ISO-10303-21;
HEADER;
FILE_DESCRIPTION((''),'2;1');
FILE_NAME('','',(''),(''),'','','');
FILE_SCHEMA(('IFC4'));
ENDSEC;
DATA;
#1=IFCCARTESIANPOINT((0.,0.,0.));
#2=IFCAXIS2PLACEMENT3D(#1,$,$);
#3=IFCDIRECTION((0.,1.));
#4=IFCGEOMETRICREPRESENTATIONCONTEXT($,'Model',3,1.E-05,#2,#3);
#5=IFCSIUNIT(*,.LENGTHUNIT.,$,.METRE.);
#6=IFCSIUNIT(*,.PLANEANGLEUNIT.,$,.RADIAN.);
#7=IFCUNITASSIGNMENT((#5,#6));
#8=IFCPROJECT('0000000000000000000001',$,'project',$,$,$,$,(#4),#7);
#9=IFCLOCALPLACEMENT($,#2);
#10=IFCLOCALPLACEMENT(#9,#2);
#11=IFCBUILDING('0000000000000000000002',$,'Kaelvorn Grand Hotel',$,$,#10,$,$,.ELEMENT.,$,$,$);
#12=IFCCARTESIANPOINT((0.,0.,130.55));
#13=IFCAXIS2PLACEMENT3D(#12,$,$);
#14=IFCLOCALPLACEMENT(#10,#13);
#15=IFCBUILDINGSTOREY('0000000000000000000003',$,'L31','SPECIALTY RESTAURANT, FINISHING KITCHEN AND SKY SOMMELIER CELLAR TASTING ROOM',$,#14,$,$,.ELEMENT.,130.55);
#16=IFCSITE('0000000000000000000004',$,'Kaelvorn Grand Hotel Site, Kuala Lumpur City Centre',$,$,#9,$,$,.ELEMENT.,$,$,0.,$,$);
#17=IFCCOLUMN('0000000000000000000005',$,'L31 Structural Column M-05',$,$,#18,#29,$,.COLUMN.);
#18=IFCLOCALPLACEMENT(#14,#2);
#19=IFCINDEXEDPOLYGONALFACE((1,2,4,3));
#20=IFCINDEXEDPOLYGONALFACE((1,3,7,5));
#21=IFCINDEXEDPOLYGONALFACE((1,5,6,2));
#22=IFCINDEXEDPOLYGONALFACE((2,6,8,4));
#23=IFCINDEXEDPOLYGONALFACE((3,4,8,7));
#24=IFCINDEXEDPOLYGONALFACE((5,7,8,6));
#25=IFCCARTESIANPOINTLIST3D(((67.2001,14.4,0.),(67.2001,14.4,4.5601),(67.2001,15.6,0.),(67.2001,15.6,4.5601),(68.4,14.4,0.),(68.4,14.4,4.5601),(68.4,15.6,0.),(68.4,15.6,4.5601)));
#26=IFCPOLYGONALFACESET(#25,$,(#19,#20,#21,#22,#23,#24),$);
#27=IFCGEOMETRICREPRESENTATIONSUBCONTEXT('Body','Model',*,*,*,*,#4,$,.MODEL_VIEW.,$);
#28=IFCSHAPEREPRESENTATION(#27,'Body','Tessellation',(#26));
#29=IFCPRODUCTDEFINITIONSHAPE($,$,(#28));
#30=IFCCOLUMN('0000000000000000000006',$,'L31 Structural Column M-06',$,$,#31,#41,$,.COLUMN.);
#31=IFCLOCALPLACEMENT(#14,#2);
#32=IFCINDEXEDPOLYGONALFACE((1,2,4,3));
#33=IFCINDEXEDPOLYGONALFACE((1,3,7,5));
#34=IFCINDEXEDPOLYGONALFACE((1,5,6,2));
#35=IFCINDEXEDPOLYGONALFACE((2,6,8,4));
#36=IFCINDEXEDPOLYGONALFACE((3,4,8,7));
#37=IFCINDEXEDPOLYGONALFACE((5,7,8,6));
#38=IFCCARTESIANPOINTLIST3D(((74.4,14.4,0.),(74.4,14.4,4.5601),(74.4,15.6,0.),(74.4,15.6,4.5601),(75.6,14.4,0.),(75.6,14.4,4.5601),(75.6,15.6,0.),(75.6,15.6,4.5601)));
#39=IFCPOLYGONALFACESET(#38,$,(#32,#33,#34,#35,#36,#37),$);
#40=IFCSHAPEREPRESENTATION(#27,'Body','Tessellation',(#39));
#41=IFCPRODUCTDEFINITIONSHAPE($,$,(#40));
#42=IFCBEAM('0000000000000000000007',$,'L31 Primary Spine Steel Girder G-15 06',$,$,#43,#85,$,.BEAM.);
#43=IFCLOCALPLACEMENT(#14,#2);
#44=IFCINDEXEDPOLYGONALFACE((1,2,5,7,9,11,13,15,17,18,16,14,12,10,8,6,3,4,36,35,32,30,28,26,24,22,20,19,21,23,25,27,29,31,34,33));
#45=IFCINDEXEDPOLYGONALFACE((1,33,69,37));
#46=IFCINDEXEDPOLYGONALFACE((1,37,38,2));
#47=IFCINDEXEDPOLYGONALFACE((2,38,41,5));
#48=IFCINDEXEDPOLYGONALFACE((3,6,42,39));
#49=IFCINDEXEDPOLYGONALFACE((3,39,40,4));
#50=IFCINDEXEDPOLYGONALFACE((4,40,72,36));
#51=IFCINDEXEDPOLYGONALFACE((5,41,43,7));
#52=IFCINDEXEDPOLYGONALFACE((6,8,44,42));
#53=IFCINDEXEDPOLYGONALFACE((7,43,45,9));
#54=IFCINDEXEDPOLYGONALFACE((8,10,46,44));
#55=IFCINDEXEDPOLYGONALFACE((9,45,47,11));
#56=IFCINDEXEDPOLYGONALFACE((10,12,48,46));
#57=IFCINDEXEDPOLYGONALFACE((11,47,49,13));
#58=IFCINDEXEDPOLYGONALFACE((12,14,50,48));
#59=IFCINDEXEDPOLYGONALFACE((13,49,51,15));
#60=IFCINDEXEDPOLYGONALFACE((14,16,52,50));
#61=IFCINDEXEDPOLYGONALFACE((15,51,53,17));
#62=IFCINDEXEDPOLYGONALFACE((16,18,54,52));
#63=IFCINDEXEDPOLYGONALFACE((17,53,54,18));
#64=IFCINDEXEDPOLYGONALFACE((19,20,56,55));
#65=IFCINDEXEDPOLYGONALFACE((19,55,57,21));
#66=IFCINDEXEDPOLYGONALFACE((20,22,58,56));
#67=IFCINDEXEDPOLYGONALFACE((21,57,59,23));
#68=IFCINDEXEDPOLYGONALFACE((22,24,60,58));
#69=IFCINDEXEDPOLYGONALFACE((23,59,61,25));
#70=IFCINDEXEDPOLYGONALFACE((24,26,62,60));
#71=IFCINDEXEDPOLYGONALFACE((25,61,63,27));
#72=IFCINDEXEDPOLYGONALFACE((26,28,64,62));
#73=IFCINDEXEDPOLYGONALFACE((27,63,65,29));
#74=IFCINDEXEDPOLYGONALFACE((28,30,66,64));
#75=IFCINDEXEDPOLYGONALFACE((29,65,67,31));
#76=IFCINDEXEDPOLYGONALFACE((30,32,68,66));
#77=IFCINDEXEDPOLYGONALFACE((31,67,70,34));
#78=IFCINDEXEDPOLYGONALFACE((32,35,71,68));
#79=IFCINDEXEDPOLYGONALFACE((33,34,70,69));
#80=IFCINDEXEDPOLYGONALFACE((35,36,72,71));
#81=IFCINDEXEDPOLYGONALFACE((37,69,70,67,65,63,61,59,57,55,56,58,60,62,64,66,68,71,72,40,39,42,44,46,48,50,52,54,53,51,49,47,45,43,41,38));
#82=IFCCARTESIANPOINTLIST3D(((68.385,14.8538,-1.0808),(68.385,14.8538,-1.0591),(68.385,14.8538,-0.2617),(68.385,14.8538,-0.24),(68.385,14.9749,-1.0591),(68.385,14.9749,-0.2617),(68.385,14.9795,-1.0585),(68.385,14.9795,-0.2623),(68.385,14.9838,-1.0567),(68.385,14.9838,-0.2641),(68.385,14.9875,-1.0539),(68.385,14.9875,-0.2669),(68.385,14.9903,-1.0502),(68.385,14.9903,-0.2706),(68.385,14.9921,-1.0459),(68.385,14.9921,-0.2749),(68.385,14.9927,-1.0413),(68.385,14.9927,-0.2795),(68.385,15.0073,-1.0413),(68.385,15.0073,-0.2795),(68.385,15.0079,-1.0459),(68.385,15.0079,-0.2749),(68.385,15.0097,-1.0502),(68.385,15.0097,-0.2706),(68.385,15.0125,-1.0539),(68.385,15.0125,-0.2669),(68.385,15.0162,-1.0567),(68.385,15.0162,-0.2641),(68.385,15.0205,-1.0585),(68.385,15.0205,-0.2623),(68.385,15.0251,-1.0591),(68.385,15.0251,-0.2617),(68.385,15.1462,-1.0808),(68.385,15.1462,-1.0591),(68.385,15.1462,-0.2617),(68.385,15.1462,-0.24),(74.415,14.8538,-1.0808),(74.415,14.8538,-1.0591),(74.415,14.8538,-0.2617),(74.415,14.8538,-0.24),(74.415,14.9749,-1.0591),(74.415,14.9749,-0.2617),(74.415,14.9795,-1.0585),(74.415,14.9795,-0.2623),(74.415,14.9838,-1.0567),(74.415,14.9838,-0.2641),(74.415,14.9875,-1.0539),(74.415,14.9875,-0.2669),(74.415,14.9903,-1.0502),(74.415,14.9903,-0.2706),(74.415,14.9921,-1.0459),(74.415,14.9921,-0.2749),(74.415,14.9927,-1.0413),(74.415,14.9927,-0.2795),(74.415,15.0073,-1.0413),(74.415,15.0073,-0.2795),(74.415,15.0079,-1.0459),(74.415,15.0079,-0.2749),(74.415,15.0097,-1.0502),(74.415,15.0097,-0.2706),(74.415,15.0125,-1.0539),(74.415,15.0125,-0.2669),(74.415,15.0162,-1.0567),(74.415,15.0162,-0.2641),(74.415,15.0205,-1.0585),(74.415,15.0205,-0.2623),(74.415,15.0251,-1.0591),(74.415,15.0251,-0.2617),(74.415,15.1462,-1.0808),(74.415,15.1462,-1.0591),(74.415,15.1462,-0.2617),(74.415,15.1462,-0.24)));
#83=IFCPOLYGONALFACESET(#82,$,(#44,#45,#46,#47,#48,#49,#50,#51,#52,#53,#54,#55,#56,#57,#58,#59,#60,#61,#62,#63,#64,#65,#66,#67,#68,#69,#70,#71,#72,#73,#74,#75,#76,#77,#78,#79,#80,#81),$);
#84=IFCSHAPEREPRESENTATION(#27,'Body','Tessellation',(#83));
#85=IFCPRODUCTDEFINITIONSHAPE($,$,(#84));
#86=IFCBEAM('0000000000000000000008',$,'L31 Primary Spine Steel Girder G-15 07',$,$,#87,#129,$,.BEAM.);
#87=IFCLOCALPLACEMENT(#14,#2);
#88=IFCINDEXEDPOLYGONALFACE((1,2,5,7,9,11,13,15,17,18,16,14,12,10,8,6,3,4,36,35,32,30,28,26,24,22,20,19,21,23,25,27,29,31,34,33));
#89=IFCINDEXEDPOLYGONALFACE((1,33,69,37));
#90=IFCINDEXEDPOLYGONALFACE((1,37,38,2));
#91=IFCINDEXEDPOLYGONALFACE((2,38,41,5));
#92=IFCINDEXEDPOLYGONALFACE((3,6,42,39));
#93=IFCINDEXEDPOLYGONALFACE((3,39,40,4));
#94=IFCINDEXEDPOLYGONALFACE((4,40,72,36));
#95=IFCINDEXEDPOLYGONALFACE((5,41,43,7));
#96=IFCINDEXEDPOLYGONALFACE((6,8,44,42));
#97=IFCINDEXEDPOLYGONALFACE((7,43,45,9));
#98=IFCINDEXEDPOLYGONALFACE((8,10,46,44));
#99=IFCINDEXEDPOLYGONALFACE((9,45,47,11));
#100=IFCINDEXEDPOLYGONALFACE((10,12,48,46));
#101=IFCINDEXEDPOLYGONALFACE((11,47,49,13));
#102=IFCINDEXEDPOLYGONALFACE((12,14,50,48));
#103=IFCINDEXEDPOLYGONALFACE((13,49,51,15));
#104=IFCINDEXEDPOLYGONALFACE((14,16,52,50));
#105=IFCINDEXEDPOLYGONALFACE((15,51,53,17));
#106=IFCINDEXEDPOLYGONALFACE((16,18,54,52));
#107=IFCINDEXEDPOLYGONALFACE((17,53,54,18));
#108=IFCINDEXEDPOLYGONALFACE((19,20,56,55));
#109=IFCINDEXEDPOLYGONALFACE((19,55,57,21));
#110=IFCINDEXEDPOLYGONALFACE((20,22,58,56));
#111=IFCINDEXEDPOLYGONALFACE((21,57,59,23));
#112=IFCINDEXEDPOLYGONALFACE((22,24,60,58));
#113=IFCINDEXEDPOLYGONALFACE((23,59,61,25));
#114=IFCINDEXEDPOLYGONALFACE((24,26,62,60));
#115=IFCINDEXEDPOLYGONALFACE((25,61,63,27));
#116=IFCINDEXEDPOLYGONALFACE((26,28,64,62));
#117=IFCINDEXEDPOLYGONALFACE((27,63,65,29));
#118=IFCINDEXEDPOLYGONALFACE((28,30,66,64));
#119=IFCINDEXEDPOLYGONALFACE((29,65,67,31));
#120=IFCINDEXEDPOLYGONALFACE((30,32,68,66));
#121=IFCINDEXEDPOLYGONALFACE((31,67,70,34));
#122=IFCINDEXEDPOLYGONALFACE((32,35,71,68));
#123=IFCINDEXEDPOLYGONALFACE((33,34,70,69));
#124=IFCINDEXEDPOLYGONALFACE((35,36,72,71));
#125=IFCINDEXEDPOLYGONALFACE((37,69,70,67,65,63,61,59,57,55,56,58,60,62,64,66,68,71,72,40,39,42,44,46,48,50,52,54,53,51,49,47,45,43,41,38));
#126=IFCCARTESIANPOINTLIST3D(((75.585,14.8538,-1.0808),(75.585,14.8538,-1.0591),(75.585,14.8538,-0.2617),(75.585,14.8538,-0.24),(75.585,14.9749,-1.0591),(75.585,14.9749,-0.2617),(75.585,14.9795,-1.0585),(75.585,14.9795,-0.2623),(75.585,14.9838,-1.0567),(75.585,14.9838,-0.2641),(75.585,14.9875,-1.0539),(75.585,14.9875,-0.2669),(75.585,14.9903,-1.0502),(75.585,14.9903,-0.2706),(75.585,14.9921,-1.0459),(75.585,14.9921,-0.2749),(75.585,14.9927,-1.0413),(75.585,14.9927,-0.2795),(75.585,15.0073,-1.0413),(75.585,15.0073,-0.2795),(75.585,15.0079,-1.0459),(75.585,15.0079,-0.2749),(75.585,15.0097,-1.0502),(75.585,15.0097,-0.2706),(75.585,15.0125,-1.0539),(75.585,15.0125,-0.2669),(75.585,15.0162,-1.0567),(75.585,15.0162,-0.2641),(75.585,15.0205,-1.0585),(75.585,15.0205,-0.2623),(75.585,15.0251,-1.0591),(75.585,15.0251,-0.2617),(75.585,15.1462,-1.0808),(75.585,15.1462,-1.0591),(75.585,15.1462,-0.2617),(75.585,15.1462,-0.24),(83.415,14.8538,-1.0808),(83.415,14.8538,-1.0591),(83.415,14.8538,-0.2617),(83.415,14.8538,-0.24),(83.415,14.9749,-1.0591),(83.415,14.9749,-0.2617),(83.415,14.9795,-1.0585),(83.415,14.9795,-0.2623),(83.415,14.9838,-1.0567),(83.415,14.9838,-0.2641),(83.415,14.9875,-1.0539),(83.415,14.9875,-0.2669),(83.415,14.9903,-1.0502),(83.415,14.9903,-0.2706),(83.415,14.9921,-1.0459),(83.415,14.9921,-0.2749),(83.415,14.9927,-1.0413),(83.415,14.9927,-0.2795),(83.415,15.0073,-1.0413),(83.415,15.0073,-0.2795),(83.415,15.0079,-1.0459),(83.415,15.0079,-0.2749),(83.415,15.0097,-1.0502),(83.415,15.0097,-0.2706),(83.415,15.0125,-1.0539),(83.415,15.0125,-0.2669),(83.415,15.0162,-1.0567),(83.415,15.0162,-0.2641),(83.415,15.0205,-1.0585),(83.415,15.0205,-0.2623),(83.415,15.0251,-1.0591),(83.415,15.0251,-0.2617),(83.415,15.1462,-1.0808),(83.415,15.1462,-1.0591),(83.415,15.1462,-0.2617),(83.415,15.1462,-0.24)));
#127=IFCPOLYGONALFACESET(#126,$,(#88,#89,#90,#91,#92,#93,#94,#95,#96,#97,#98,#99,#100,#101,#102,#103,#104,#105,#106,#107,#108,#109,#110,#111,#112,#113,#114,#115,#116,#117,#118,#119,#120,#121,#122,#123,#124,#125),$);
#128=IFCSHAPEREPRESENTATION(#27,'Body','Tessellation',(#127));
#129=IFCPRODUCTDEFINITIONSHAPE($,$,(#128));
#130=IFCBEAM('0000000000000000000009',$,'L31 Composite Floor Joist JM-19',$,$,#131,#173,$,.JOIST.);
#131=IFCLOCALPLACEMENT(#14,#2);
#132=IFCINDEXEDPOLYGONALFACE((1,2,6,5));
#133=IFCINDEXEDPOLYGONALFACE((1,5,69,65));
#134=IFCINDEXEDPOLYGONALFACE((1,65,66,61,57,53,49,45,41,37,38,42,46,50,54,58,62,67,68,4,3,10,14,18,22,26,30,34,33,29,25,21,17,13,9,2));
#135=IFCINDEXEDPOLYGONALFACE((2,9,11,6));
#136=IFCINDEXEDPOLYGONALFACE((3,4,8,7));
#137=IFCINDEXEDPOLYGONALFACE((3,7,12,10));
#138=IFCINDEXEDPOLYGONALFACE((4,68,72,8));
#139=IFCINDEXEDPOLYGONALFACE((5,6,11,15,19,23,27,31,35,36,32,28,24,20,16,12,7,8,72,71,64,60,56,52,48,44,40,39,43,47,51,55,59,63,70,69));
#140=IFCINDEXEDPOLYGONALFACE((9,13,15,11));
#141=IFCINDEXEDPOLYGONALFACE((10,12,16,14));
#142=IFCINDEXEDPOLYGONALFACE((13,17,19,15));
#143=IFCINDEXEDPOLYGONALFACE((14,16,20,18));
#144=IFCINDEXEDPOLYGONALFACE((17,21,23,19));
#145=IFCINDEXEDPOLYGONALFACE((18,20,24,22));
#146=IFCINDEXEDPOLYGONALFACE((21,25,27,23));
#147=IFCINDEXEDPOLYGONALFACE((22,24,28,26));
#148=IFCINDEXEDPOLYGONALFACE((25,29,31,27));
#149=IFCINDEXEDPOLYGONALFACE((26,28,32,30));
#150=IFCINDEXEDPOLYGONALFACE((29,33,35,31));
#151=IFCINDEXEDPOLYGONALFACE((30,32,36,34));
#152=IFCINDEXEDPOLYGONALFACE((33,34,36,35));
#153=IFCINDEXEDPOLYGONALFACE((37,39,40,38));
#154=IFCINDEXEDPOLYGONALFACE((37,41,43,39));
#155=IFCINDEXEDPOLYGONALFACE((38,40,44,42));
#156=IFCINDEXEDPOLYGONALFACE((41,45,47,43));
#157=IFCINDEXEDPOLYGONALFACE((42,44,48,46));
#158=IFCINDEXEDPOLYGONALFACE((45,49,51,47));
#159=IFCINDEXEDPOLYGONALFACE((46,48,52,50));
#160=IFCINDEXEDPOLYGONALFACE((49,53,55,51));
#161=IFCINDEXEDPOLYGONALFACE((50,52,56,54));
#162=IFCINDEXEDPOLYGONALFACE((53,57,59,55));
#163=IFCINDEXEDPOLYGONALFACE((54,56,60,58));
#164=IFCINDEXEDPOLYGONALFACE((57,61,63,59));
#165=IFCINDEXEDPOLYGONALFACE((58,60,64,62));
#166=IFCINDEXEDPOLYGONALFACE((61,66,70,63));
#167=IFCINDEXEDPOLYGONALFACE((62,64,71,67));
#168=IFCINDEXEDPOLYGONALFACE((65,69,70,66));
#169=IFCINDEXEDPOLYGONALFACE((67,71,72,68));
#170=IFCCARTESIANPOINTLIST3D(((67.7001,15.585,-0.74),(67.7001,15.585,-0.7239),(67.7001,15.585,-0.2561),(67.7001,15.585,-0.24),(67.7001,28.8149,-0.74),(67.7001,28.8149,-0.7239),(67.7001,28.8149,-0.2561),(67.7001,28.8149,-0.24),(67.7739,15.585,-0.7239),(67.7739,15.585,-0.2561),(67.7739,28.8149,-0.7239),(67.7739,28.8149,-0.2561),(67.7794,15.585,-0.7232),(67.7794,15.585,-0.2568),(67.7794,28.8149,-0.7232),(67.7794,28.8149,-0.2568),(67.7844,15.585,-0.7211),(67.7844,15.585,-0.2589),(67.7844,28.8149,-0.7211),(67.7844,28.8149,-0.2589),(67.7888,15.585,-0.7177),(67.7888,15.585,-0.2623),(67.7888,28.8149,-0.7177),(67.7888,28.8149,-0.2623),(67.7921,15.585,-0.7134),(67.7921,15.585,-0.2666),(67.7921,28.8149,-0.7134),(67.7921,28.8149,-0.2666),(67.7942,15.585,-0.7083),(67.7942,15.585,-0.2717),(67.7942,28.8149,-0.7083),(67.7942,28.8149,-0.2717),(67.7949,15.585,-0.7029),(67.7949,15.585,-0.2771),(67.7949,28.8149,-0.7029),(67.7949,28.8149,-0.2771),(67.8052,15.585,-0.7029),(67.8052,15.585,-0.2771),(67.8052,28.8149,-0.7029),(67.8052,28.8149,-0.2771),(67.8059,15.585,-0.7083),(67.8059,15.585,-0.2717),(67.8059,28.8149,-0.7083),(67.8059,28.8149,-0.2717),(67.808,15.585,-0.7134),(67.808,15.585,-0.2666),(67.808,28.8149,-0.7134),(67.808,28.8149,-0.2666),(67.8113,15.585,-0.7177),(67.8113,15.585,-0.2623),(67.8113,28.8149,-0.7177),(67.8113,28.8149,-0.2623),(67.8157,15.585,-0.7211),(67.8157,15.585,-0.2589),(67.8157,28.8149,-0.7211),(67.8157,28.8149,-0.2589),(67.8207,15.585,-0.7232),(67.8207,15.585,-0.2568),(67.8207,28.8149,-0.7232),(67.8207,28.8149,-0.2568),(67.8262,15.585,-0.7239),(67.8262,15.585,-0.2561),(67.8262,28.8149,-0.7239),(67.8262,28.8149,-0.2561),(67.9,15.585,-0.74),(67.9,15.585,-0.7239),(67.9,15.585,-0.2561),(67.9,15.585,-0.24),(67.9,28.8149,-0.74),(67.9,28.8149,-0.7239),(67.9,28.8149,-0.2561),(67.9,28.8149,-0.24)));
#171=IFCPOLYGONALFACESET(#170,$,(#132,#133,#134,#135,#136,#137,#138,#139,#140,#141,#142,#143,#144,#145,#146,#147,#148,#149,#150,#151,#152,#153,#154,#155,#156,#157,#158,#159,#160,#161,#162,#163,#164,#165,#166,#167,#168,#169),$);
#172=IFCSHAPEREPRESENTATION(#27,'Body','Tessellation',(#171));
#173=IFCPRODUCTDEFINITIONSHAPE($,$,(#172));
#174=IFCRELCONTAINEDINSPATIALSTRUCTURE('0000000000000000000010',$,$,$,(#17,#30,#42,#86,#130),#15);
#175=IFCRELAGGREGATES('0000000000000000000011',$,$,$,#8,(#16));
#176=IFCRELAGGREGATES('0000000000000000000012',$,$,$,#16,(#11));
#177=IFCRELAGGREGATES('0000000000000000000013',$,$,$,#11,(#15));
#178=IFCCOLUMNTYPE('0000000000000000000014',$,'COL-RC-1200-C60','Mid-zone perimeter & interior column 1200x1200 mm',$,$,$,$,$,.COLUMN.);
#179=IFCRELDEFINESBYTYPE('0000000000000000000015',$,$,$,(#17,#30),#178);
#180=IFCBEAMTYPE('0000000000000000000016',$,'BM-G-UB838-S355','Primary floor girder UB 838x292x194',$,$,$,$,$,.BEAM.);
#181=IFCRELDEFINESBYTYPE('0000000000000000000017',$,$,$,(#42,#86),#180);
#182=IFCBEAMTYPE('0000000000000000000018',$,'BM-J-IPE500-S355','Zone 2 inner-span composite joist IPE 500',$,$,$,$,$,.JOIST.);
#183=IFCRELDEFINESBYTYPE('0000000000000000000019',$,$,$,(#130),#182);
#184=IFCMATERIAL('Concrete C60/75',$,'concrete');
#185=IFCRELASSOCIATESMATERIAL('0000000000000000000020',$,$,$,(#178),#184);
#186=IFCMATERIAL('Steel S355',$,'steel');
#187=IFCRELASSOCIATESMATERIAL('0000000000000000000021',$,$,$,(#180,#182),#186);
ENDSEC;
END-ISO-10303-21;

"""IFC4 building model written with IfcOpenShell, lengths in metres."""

from ifc_helpers import new_model, si_unit, direction, frame, origin, origin_2d, place, context, subcontext, project, spatial, rectangle, i_section, extrude, material, material_profile, profile_set, type_object, element, save


model = new_model("IFC4")

# Units and contexts
model_context = context("Model", 3, precision=1e-05, world=origin(), true_north=direction((0.0, 1.0)))
body_context = subcontext(model_context, "Body", "Model", "MODEL_VIEW")
ifc_project = project(units=[si_unit("LENGTHUNIT", "METRE"), si_unit("PLANEANGLEUNIT", "RADIAN")], contexts=[model_context])

# Site, building, storey
site_placement = place(None, origin())
site = spatial("IfcSite", under=ifc_project, at=site_placement, Name="Kaelvorn Grand Hotel Site, Kuala Lumpur City Centre", CompositionType="ELEMENT", RefElevation=0.0)
building_placement = place(site_placement, origin())
building = spatial("IfcBuilding", under=site, at=building_placement, Name="Kaelvorn Grand Hotel", CompositionType="ELEMENT")
storey_placement = place(building_placement, frame((0.0, 0.0, 130.55)))
storey = spatial("IfcBuildingStorey", under=building, at=storey_placement, Name="L31", Description="SPECIALTY RESTAURANT, FINISHING KITCHEN AND SKY SOMMELIER CELLAR TASTING ROOM", CompositionType="ELEMENT", Elevation=130.55)

# Columns
ifc_material_1 = material(Name="Concrete C60/75", Category="concrete")
ifc_material_profile_1 = material_profile(ifc_material_1, rectangle(XDim=1.2, YDim=1.2, at=origin_2d()), Name="RC COL 1200x1200")
ifc_profile_set_1 = profile_set([ifc_material_profile_1], Name="Concrete C60/75")
column_type = type_object("IfcColumnType", Name="COL-RC-1200-C60", Description="Mid-zone perimeter & interior column 1200x1200 mm", PredefinedType="COLUMN", material=ifc_profile_set_1)
for number, where, z_axis, x_axis, name in (
    (1, (67.8, 15.0, 0.0), (0.0, 0.0, 1.0), (1.0, 0.0, 0.0), "L31 Structural Column M-05"),
    (2, (75.0, 15.0, 0.0), (0.0, 0.0, 1.0), (1.0, 0.0, 0.0), "L31 Structural Column M-06"),
):
    element("IfcColumn", number, at=place(storey_placement, frame(where, z_axis=z_axis, x_axis=x_axis)), inside=storey, type_object=column_type, Name=name, PredefinedType="COLUMN", context=body_context, shape_type="SweptSolid", body=[
        extrude(rectangle(XDim=1.2, YDim=1.2, at=origin_2d()), origin(), (0.0, 0.0, 1.0), 4.5601),
    ])

# Beams
ifc_material_2 = material(Name="Steel S355", Category="steel")
ifc_material_profile_2 = material_profile(ifc_material_2, i_section(OverallWidth=0.2925, OverallDepth=0.8408, WebThickness=0.0146, FlangeThickness=0.0217, FilletRadius=0.0178, at=origin_2d()), Name="UB 838x292x194")
ifc_profile_set_2 = profile_set([ifc_material_profile_2], Name="Steel S355")
beam_type_1 = type_object("IfcBeamType", Name="BM-G-UB838-S355", Description="Primary floor girder UB 838x292x194", PredefinedType="BEAM", material=ifc_profile_set_2)
beam_1_placement = place(storey_placement, frame((68.385, 15.0, -0.6604), z_axis=(1.0, 0.0, 0.0), x_axis=(0.0, 1.0, 0.0)))
element("IfcBeam", 3, at=beam_1_placement, inside=storey, type_object=beam_type_1, Name="L31 Primary Spine Steel Girder G-15 06", PredefinedType="BEAM", context=body_context, shape_type="SweptSolid", body=[
    extrude(i_section(OverallWidth=0.2925, OverallDepth=0.8408, WebThickness=0.0146, FlangeThickness=0.0217, FilletRadius=0.0178, at=origin_2d()), origin(), (0.0, 0.0, 1.0), 6.03),
])
beam_2_placement = place(storey_placement, frame((75.585, 15.0, -0.6604), z_axis=(1.0, 0.0, 0.0), x_axis=(0.0, 1.0, 0.0)))
element("IfcBeam", 4, at=beam_2_placement, inside=storey, type_object=beam_type_1, Name="L31 Primary Spine Steel Girder G-15 07", PredefinedType="BEAM", context=body_context, shape_type="SweptSolid", body=[
    extrude(i_section(OverallWidth=0.2925, OverallDepth=0.8408, WebThickness=0.0146, FlangeThickness=0.0217, FilletRadius=0.0178, at=origin_2d()), origin(), (0.0, 0.0, 1.0), 7.8301),
])
ifc_material_profile_3 = material_profile(ifc_material_2, i_section(OverallWidth=0.2, OverallDepth=0.5, WebThickness=0.0103, FlangeThickness=0.0161, FilletRadius=0.021, at=origin_2d()), Name="IPE 500")
ifc_profile_set_3 = profile_set([ifc_material_profile_3], Name="Steel S355")
beam_type_2 = type_object("IfcBeamType", Name="BM-J-IPE500-S355", Description="Zone 2 inner-span composite joist IPE 500", PredefinedType="JOIST", material=ifc_profile_set_3)
beam_3_placement = place(storey_placement, frame((67.8, 15.585, -0.49), z_axis=(0.0, 1.0, 0.0), x_axis=(-1.0, 0.0, 0.0)))
element("IfcBeam", 5, at=beam_3_placement, inside=storey, type_object=beam_type_2, Name="L31 Composite Floor Joist JM-19", PredefinedType="JOIST", context=body_context, shape_type="SweptSolid", body=[
    extrude(i_section(OverallWidth=0.2, OverallDepth=0.5, WebThickness=0.0103, FlangeThickness=0.0161, FilletRadius=0.021, at=origin_2d()), origin(), (0.0, 0.0, 1.0), 13.23),
])

save(model, "model.ifc")
